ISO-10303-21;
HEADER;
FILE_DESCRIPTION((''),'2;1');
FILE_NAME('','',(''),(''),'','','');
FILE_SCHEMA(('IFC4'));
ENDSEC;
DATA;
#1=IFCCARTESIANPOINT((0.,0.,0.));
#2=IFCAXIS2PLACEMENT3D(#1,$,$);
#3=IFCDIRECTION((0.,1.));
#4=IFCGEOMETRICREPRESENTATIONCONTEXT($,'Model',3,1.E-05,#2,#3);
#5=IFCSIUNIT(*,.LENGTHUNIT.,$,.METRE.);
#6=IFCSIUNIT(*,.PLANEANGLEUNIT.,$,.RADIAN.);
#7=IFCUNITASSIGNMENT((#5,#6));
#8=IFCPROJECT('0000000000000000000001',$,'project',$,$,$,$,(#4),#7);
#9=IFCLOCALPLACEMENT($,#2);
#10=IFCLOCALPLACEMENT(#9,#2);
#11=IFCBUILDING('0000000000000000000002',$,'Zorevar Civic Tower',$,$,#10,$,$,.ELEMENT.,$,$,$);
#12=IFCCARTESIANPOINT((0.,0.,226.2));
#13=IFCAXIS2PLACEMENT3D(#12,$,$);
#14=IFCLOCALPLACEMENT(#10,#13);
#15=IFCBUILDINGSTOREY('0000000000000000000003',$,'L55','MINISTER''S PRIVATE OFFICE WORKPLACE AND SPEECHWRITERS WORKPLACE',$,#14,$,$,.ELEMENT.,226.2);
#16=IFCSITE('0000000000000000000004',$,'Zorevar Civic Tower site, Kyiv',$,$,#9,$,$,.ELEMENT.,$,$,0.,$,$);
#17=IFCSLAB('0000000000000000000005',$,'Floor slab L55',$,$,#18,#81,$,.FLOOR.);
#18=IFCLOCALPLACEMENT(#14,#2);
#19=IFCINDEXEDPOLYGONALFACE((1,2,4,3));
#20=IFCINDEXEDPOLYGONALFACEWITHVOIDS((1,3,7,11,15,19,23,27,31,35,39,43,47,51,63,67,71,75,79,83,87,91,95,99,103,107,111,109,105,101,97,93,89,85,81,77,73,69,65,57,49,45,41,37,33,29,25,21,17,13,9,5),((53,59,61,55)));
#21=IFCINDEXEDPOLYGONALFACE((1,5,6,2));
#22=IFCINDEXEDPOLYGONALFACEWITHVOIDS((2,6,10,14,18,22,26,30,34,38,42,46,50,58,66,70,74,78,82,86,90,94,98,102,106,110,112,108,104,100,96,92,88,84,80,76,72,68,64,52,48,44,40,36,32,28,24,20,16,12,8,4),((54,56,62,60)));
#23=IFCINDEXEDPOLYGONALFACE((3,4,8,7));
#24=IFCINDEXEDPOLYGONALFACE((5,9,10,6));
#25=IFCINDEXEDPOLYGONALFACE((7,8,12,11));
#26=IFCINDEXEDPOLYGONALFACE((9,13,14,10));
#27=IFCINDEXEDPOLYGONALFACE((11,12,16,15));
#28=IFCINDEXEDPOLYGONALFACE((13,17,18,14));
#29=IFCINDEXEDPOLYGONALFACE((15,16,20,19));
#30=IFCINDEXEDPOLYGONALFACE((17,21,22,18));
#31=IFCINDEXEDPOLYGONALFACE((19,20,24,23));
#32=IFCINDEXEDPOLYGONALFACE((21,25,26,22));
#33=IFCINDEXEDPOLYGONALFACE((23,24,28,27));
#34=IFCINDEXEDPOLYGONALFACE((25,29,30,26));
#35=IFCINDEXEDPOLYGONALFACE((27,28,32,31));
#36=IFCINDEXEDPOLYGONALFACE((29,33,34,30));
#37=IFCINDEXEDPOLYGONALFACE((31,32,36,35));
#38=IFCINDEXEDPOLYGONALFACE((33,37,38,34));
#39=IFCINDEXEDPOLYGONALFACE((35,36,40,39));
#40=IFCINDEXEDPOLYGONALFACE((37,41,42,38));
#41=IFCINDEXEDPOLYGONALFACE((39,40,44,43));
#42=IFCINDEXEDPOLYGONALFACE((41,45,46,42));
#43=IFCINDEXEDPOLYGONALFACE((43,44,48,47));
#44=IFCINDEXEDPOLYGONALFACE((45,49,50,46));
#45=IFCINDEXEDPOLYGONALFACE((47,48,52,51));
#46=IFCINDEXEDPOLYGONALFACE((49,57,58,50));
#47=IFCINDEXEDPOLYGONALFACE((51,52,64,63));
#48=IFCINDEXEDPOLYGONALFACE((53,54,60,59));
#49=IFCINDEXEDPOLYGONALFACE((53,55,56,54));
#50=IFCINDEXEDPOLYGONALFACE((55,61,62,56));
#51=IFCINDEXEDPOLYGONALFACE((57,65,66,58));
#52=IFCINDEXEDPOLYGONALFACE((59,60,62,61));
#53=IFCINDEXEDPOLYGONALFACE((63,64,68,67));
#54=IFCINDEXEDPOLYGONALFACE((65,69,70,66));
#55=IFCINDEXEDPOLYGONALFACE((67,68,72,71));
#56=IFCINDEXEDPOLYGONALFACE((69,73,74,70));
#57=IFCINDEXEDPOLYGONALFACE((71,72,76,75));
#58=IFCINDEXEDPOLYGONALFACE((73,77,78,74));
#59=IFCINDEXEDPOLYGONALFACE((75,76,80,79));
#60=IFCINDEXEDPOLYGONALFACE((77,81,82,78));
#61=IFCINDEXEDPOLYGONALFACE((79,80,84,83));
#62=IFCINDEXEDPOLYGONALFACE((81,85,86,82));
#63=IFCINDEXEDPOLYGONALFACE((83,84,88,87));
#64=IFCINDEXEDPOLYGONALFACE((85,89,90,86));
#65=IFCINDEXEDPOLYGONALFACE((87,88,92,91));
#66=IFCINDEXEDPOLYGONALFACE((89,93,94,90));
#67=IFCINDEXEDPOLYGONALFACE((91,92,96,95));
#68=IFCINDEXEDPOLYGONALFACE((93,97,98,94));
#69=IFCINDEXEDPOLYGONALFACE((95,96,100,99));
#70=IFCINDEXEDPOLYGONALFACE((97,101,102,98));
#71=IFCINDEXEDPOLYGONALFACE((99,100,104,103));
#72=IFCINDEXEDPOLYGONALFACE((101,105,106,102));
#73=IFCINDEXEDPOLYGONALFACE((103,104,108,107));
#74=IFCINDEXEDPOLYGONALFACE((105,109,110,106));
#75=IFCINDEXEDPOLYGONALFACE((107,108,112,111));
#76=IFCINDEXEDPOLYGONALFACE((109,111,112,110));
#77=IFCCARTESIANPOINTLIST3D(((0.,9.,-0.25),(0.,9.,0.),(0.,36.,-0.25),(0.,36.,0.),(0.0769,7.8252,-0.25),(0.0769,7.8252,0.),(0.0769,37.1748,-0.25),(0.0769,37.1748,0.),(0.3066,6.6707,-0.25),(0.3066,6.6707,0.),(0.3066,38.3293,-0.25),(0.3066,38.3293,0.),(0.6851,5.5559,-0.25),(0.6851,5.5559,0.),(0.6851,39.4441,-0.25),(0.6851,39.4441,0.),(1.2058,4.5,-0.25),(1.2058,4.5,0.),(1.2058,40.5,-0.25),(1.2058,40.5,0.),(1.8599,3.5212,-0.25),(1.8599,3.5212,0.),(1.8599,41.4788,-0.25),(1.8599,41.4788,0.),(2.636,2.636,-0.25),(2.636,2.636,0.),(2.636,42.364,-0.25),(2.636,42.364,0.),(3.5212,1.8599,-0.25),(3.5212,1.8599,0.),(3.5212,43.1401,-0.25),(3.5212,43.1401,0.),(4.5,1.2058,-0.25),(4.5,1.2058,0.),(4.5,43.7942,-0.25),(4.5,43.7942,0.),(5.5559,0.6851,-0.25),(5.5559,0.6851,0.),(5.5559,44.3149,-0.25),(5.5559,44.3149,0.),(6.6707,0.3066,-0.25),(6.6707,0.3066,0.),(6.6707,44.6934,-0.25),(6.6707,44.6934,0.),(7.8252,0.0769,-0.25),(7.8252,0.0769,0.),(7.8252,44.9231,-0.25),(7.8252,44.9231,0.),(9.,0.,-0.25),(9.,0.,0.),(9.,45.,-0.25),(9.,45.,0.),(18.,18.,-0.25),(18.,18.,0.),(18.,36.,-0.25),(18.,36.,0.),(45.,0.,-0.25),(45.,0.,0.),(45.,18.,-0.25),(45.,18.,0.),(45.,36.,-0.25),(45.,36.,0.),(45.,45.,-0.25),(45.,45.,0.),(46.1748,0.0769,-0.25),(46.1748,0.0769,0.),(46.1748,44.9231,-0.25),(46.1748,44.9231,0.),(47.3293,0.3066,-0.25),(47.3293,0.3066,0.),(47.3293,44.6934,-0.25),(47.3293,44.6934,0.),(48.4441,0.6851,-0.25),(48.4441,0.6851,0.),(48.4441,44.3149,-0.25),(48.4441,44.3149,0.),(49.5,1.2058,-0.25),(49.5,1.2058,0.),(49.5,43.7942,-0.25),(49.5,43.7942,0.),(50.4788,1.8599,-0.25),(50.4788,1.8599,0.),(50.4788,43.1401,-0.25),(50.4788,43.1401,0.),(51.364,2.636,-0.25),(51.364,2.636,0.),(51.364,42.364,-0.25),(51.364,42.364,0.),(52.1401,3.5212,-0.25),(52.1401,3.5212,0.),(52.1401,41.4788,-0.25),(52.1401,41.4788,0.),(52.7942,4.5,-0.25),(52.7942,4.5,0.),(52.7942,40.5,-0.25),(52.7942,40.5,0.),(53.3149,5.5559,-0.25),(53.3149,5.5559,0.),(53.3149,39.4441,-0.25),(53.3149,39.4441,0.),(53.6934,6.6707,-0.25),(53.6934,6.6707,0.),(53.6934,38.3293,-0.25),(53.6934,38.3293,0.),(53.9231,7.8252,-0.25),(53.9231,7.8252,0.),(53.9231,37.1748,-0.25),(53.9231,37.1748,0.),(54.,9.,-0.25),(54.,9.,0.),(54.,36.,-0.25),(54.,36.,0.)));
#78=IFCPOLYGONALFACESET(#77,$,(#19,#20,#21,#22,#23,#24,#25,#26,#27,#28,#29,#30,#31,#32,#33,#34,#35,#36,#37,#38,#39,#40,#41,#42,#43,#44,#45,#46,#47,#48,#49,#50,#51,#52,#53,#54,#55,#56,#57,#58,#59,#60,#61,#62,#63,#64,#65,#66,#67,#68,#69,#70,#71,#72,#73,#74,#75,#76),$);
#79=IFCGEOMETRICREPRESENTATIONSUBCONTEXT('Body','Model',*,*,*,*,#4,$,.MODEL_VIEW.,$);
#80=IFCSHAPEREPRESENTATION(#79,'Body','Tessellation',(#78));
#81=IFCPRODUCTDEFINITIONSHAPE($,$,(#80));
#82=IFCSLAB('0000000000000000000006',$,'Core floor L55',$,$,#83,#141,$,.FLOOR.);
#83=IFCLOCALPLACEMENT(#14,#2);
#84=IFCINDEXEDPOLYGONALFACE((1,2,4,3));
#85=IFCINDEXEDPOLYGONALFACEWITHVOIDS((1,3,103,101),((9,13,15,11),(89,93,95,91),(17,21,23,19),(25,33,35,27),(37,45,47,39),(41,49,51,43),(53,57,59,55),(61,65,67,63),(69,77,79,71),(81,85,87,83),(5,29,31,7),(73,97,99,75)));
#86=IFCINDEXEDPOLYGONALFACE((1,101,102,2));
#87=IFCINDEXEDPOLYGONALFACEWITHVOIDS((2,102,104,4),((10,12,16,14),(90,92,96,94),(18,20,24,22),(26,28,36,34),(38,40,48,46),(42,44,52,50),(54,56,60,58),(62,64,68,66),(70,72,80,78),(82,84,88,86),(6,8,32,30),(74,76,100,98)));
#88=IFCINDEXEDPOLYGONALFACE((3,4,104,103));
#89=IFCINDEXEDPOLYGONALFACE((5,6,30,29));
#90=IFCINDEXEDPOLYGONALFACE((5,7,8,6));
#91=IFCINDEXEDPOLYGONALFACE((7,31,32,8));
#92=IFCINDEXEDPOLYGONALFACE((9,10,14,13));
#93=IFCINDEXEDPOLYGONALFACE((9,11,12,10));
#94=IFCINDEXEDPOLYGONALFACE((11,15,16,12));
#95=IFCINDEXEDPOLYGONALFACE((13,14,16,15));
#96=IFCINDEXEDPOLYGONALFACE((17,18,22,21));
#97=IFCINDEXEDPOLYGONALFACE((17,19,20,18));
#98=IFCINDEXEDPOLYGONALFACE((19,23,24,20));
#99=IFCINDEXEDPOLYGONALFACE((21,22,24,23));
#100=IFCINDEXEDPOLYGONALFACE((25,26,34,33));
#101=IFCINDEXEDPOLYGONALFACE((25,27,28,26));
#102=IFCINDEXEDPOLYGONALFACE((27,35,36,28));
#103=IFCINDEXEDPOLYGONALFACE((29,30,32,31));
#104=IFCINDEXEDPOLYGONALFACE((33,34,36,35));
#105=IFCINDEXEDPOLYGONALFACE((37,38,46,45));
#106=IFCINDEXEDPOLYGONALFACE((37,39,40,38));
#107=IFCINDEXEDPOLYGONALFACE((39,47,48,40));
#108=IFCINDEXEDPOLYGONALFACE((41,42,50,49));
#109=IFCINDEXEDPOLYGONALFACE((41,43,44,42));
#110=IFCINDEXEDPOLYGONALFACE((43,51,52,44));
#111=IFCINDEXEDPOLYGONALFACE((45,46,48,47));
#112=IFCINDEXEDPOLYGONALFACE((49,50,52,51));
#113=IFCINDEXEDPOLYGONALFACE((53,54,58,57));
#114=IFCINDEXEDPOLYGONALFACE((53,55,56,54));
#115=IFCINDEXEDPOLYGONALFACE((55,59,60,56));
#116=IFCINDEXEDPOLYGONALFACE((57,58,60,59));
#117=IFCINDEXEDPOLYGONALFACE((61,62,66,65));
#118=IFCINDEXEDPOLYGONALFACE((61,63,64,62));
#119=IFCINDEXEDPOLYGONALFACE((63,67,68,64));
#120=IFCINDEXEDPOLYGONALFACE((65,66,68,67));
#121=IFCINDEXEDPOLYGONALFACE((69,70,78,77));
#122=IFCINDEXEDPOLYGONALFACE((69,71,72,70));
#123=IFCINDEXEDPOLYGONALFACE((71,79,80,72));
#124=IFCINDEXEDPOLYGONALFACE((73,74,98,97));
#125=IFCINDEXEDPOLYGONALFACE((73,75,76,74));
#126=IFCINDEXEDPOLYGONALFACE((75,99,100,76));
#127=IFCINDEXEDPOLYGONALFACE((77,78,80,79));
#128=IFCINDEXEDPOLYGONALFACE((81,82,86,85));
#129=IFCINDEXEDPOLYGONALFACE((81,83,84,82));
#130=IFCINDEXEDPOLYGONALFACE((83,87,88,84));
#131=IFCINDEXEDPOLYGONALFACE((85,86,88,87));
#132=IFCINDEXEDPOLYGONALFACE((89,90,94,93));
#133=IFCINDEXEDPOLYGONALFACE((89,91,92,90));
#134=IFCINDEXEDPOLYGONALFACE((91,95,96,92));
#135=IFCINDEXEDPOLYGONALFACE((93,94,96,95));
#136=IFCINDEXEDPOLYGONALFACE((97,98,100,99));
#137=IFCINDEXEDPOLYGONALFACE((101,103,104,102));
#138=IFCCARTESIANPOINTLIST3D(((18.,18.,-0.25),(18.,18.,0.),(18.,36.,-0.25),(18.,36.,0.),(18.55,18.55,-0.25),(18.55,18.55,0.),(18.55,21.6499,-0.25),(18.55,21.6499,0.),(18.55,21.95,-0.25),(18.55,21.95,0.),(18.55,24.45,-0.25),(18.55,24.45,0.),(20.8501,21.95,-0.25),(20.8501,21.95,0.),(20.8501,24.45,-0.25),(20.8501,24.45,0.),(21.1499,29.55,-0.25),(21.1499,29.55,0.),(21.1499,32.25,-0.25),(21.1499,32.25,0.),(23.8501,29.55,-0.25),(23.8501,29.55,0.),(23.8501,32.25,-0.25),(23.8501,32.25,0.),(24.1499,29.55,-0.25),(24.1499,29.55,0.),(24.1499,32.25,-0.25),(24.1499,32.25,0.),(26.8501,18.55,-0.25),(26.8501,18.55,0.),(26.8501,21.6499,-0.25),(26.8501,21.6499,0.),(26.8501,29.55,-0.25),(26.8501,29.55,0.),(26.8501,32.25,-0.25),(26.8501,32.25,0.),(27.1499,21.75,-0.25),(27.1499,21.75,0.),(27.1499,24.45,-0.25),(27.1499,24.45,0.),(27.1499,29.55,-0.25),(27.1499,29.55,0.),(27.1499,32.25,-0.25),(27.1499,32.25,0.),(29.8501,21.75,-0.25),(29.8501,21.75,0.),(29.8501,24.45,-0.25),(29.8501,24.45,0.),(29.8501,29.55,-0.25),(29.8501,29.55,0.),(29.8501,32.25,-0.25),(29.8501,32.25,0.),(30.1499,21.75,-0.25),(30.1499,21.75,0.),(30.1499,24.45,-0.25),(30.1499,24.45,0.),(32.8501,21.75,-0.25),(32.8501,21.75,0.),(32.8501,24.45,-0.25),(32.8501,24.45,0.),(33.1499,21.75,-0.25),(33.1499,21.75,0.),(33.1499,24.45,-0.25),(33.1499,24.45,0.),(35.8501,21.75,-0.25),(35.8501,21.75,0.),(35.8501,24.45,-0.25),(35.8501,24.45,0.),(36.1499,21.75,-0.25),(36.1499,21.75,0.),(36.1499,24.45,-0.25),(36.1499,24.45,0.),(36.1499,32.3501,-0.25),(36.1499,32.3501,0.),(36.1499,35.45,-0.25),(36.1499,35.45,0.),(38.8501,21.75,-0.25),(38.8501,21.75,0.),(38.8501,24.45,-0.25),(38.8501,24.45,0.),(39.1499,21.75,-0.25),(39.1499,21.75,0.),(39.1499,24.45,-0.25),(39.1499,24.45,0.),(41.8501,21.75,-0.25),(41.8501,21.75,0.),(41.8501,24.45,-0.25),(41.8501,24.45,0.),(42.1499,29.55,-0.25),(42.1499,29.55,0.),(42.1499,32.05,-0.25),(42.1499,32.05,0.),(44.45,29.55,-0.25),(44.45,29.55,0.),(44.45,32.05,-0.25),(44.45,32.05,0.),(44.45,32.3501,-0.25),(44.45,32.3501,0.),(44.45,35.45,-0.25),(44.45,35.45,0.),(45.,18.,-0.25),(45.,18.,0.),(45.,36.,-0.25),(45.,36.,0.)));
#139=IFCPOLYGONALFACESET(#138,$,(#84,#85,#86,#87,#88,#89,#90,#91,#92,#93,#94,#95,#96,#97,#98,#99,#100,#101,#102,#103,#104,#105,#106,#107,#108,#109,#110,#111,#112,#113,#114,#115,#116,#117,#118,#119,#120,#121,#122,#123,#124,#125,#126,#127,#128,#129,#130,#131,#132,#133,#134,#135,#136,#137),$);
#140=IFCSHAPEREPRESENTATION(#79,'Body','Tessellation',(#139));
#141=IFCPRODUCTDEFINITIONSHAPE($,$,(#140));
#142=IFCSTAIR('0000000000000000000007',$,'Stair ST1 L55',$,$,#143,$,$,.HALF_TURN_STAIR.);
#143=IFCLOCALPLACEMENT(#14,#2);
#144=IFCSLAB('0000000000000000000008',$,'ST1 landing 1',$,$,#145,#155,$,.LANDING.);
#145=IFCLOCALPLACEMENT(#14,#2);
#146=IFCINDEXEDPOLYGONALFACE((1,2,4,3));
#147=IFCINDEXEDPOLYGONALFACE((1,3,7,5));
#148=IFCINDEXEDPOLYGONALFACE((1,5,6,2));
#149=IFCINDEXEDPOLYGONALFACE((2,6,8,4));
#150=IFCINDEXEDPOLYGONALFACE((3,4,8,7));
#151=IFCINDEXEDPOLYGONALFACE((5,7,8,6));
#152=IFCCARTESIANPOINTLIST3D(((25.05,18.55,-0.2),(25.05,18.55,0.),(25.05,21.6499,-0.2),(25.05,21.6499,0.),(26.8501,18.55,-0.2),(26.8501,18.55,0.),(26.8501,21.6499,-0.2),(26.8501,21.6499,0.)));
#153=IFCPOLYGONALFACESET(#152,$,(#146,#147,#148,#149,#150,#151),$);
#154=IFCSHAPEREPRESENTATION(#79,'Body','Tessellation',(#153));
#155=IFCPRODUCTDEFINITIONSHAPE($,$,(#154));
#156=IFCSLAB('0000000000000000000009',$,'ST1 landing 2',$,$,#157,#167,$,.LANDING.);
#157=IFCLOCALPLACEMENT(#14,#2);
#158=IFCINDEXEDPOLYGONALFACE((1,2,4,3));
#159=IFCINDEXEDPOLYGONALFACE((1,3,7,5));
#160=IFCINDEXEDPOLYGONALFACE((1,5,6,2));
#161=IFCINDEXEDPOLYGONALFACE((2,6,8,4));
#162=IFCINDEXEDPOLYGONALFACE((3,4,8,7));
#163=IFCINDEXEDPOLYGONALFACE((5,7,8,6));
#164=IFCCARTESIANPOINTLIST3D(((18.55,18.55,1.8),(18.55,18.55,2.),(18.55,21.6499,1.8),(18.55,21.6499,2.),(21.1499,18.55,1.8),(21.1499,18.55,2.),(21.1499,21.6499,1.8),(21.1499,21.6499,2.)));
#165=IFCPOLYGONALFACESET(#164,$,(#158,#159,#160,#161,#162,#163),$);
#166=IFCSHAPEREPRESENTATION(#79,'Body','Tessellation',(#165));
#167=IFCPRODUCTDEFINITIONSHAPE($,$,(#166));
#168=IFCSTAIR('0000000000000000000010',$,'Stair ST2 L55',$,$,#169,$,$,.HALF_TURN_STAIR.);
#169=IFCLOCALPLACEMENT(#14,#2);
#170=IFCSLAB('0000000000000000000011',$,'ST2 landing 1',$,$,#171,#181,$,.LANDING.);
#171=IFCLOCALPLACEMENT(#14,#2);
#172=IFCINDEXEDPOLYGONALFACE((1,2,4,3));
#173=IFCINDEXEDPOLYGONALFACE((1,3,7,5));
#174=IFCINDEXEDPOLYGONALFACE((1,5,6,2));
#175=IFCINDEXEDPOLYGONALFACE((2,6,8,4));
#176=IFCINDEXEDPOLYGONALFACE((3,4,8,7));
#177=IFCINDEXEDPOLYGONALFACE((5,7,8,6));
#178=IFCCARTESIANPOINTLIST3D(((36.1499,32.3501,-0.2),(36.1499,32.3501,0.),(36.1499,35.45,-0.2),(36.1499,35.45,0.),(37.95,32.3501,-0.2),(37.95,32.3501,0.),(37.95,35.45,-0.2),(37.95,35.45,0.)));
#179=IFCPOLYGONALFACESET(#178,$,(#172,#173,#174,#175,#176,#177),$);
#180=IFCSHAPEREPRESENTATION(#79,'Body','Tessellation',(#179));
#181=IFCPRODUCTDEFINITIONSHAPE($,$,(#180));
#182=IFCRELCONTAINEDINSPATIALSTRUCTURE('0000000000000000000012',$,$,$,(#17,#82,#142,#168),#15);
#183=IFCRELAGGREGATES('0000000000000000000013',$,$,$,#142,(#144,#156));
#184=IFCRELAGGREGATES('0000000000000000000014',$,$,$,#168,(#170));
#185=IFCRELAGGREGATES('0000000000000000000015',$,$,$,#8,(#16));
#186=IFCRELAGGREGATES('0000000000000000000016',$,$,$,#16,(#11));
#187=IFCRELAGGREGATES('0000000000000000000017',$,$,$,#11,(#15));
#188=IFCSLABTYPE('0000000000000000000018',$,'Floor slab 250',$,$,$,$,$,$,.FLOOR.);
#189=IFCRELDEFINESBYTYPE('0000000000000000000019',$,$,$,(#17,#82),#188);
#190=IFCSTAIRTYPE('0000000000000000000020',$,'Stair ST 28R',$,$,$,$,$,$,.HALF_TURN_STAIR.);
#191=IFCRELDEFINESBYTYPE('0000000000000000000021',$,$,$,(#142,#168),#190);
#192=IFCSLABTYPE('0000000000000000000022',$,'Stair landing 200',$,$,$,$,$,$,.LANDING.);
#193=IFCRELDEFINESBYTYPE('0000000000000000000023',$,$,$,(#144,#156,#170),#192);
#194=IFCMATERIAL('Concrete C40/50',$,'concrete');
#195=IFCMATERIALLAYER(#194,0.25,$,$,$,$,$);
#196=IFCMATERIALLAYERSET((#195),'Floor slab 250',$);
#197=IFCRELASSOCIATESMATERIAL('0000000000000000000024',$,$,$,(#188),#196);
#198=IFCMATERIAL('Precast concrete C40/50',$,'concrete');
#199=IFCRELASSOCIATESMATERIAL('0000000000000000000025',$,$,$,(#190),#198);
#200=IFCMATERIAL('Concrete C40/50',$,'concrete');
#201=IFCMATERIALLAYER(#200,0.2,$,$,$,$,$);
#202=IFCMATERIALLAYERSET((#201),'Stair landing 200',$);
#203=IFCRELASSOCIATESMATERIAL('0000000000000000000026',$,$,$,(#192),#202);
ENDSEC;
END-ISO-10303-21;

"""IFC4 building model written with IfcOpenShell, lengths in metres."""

from ifc_helpers import new_model, si_unit, direction, frame, origin, place, context, subcontext, project, spatial, polyline, outline, extrude, material, layer, layer_set, type_object, element, aggregate, save


model = new_model("IFC4")

# Units and contexts
model_context = context("Model", 3, precision=1e-05, world=origin(), true_north=direction((0.0, 1.0)))
body_context = subcontext(model_context, "Body", "Model", "MODEL_VIEW")
ifc_project = project(units=[si_unit("LENGTHUNIT", "METRE"), si_unit("PLANEANGLEUNIT", "RADIAN")], contexts=[model_context])

# Site, building, storey
site_placement = place(None, origin())
site = spatial("IfcSite", under=ifc_project, at=site_placement, Name="Zorevar Civic Tower site, Kyiv", CompositionType="ELEMENT", RefElevation=0.0)
building_placement = place(site_placement, origin())
building = spatial("IfcBuilding", under=site, at=building_placement, Name="Zorevar Civic Tower", CompositionType="ELEMENT")
storey_placement = place(building_placement, frame((0.0, 0.0, 226.2)))
storey = spatial("IfcBuildingStorey", under=building, at=storey_placement, Name="L55", Description="MINISTER'S PRIVATE OFFICE WORKPLACE AND SPEECHWRITERS WORKPLACE", CompositionType="ELEMENT", Elevation=226.2)

# Slabs
ifc_material_1 = material(Name="Concrete C40/50", Category="concrete")
ifc_layer_1 = layer(ifc_material_1, 0.25)
ifc_layer_set_1 = layer_set([ifc_layer_1], Name="Floor slab 250")
slab_type_1 = type_object("IfcSlabType", Name="Floor slab 250", PredefinedType="FLOOR", material=ifc_layer_set_1)
slab_1_placement = place(storey_placement, frame((0.0, 0.0, -0.25)))
element("IfcSlab", 1, at=slab_1_placement, inside=storey, type_object=slab_type_1, Name="Floor slab L55", PredefinedType="FLOOR", context=body_context, shape_type="SweptSolid", body=[
    extrude(outline(polyline([(45.0, 0.0), (46.1748, 0.0769), (47.3293, 0.3066), (48.4441, 0.6851), (49.5, 1.2058), (50.4788, 1.8599), (51.364, 2.636), (52.1401, 3.5212), (52.7942, 4.5), (53.3149, 5.5559), (53.6934, 6.6707), (53.9231, 7.8252), (54.0, 9.0), (54.0, 36.0), (53.9231, 37.1748), (53.6934, 38.3293), (53.3149, 39.4441), (52.7942, 40.5), (52.1401, 41.4788), (51.364, 42.364), (50.4788, 43.1401), (49.5, 43.7942), (48.4441, 44.3149), (47.3293, 44.6934), (46.1748, 44.9231), (45.0, 45.0), (9.0, 45.0), (7.8252, 44.9231), (6.6707, 44.6934), (5.5559, 44.3149), (4.5, 43.7942), (3.5212, 43.1401), (2.636, 42.364), (1.8599, 41.4788), (1.2058, 40.5), (0.6851, 39.4441), (0.3066, 38.3293), (0.0769, 37.1748), (0.0, 36.0), (0.0, 9.0), (0.0769, 7.8252), (0.3066, 6.6707), (0.6851, 5.5559), (1.2058, 4.5), (1.8599, 3.5212), (2.636, 2.636), (3.5212, 1.8599), (4.5, 1.2058), (5.5559, 0.6851), (6.6707, 0.3066), (7.8252, 0.0769), (9.0, 0.0), (45.0, 0.0)]), holes=[polyline([(18.0, 18.0), (45.0, 18.0), (45.0, 36.0), (18.0, 36.0), (18.0, 18.0)])]), origin(), (0.0, 0.0, 1.0), 0.25),
])
slab_2_placement = place(storey_placement, frame((0.0, 0.0, -0.25)))
element("IfcSlab", 2, at=slab_2_placement, inside=storey, type_object=slab_type_1, Name="Core floor L55", PredefinedType="FLOOR", context=body_context, shape_type="SweptSolid", body=[
    extrude(outline(polyline([(18.0, 18.0), (45.0, 18.0), (45.0, 36.0), (18.0, 36.0), (18.0, 18.0)]), holes=[polyline([(18.55, 18.55), (26.8501, 18.55), (26.8501, 21.6499), (18.55, 21.6499), (18.55, 18.55)]), polyline([(36.1499, 32.3501), (44.45, 32.3501), (44.45, 35.45), (36.1499, 35.45), (36.1499, 32.3501)]), polyline([(18.55, 21.95), (20.8501, 21.95), (20.8501, 24.45), (18.55, 24.45), (18.55, 21.95)]), polyline([(42.1499, 29.55), (44.45, 29.55), (44.45, 32.05), (42.1499, 32.05), (42.1499, 29.55)]), polyline([(27.1499, 21.75), (29.8501, 21.75), (29.8501, 24.45), (27.1499, 24.45), (27.1499, 21.75)]), polyline([(30.1499, 21.75), (32.8501, 21.75), (32.8501, 24.45), (30.1499, 24.45), (30.1499, 21.75)]), polyline([(33.1499, 21.75), (35.8501, 21.75), (35.8501, 24.45), (33.1499, 24.45), (33.1499, 21.75)]), polyline([(27.1499, 29.55), (29.8501, 29.55), (29.8501, 32.25), (27.1499, 32.25), (27.1499, 29.55)]), polyline([(36.1499, 21.75), (38.8501, 21.75), (38.8501, 24.45), (36.1499, 24.45), (36.1499, 21.75)]), polyline([(24.1499, 29.55), (26.8501, 29.55), (26.8501, 32.25), (24.1499, 32.25), (24.1499, 29.55)]), polyline([(39.1499, 21.75), (41.8501, 21.75), (41.8501, 24.45), (39.1499, 24.45), (39.1499, 21.75)]), polyline([(21.1499, 29.55), (23.8501, 29.55), (23.8501, 32.25), (21.1499, 32.25), (21.1499, 29.55)])]), origin(), (0.0, 0.0, 1.0), 0.25),
])

# Stairs, slabs
ifc_material_2 = material(Name="Precast concrete C40/50", Category="concrete")
stair_type = type_object("IfcStairType", Name="Stair ST 28R", PredefinedType="HALF_TURN_STAIR", material=ifc_material_2)
stair_1_placement = place(storey_placement, origin())
stair_1 = element("IfcStair", 3, at=stair_1_placement, inside=storey, type_object=stair_type, Name="Stair ST1 L55", PredefinedType="HALF_TURN_STAIR")
ifc_material_3 = material(Name="Concrete C40/50", Category="concrete")
ifc_layer_2 = layer(ifc_material_3, 0.2)
ifc_layer_set_2 = layer_set([ifc_layer_2], Name="Stair landing 200")
slab_type_2 = type_object("IfcSlabType", Name="Stair landing 200", PredefinedType="LANDING", material=ifc_layer_set_2)
slab_3_placement = place(storey_placement, frame((0.0, 0.0, -0.2)))
slab_3 = element("IfcSlab", 4, at=slab_3_placement, type_object=slab_type_2, Name="ST1 landing 1", PredefinedType="LANDING", context=body_context, shape_type="SweptSolid", body=[
    extrude(outline(polyline([(25.05, 18.55), (26.8501, 18.55), (26.8501, 21.6499), (25.05, 21.6499), (25.05, 18.55)])), origin(), (0.0, 0.0, 1.0), 0.2),
])
slab_4_placement = place(storey_placement, frame((0.0, 0.0, 1.8)))
slab_4 = element("IfcSlab", 5, at=slab_4_placement, type_object=slab_type_2, Name="ST1 landing 2", PredefinedType="LANDING", context=body_context, shape_type="SweptSolid", body=[
    extrude(outline(polyline([(18.55, 18.55), (21.1499, 18.55), (21.1499, 21.6499), (18.55, 21.6499), (18.55, 18.55)])), origin(), (0.0, 0.0, 1.0), 0.2),
])
aggregate(stair_1, [slab_3, slab_4])
stair_2_placement = place(storey_placement, origin())
stair_2 = element("IfcStair", 6, at=stair_2_placement, inside=storey, type_object=stair_type, Name="Stair ST2 L55", PredefinedType="HALF_TURN_STAIR")
slab_5_placement = place(storey_placement, frame((0.0, 0.0, -0.2)))
slab_5 = element("IfcSlab", 7, at=slab_5_placement, type_object=slab_type_2, Name="ST2 landing 1", PredefinedType="LANDING", context=body_context, shape_type="SweptSolid", body=[
    extrude(outline(polyline([(37.95, 32.3501), (36.1499, 32.3501), (36.1499, 35.45), (37.95, 35.45), (37.95, 32.3501)])), origin(), (0.0, 0.0, 1.0), 0.2),
])
aggregate(stair_2, [slab_5])

save(model, "model.ifc")
